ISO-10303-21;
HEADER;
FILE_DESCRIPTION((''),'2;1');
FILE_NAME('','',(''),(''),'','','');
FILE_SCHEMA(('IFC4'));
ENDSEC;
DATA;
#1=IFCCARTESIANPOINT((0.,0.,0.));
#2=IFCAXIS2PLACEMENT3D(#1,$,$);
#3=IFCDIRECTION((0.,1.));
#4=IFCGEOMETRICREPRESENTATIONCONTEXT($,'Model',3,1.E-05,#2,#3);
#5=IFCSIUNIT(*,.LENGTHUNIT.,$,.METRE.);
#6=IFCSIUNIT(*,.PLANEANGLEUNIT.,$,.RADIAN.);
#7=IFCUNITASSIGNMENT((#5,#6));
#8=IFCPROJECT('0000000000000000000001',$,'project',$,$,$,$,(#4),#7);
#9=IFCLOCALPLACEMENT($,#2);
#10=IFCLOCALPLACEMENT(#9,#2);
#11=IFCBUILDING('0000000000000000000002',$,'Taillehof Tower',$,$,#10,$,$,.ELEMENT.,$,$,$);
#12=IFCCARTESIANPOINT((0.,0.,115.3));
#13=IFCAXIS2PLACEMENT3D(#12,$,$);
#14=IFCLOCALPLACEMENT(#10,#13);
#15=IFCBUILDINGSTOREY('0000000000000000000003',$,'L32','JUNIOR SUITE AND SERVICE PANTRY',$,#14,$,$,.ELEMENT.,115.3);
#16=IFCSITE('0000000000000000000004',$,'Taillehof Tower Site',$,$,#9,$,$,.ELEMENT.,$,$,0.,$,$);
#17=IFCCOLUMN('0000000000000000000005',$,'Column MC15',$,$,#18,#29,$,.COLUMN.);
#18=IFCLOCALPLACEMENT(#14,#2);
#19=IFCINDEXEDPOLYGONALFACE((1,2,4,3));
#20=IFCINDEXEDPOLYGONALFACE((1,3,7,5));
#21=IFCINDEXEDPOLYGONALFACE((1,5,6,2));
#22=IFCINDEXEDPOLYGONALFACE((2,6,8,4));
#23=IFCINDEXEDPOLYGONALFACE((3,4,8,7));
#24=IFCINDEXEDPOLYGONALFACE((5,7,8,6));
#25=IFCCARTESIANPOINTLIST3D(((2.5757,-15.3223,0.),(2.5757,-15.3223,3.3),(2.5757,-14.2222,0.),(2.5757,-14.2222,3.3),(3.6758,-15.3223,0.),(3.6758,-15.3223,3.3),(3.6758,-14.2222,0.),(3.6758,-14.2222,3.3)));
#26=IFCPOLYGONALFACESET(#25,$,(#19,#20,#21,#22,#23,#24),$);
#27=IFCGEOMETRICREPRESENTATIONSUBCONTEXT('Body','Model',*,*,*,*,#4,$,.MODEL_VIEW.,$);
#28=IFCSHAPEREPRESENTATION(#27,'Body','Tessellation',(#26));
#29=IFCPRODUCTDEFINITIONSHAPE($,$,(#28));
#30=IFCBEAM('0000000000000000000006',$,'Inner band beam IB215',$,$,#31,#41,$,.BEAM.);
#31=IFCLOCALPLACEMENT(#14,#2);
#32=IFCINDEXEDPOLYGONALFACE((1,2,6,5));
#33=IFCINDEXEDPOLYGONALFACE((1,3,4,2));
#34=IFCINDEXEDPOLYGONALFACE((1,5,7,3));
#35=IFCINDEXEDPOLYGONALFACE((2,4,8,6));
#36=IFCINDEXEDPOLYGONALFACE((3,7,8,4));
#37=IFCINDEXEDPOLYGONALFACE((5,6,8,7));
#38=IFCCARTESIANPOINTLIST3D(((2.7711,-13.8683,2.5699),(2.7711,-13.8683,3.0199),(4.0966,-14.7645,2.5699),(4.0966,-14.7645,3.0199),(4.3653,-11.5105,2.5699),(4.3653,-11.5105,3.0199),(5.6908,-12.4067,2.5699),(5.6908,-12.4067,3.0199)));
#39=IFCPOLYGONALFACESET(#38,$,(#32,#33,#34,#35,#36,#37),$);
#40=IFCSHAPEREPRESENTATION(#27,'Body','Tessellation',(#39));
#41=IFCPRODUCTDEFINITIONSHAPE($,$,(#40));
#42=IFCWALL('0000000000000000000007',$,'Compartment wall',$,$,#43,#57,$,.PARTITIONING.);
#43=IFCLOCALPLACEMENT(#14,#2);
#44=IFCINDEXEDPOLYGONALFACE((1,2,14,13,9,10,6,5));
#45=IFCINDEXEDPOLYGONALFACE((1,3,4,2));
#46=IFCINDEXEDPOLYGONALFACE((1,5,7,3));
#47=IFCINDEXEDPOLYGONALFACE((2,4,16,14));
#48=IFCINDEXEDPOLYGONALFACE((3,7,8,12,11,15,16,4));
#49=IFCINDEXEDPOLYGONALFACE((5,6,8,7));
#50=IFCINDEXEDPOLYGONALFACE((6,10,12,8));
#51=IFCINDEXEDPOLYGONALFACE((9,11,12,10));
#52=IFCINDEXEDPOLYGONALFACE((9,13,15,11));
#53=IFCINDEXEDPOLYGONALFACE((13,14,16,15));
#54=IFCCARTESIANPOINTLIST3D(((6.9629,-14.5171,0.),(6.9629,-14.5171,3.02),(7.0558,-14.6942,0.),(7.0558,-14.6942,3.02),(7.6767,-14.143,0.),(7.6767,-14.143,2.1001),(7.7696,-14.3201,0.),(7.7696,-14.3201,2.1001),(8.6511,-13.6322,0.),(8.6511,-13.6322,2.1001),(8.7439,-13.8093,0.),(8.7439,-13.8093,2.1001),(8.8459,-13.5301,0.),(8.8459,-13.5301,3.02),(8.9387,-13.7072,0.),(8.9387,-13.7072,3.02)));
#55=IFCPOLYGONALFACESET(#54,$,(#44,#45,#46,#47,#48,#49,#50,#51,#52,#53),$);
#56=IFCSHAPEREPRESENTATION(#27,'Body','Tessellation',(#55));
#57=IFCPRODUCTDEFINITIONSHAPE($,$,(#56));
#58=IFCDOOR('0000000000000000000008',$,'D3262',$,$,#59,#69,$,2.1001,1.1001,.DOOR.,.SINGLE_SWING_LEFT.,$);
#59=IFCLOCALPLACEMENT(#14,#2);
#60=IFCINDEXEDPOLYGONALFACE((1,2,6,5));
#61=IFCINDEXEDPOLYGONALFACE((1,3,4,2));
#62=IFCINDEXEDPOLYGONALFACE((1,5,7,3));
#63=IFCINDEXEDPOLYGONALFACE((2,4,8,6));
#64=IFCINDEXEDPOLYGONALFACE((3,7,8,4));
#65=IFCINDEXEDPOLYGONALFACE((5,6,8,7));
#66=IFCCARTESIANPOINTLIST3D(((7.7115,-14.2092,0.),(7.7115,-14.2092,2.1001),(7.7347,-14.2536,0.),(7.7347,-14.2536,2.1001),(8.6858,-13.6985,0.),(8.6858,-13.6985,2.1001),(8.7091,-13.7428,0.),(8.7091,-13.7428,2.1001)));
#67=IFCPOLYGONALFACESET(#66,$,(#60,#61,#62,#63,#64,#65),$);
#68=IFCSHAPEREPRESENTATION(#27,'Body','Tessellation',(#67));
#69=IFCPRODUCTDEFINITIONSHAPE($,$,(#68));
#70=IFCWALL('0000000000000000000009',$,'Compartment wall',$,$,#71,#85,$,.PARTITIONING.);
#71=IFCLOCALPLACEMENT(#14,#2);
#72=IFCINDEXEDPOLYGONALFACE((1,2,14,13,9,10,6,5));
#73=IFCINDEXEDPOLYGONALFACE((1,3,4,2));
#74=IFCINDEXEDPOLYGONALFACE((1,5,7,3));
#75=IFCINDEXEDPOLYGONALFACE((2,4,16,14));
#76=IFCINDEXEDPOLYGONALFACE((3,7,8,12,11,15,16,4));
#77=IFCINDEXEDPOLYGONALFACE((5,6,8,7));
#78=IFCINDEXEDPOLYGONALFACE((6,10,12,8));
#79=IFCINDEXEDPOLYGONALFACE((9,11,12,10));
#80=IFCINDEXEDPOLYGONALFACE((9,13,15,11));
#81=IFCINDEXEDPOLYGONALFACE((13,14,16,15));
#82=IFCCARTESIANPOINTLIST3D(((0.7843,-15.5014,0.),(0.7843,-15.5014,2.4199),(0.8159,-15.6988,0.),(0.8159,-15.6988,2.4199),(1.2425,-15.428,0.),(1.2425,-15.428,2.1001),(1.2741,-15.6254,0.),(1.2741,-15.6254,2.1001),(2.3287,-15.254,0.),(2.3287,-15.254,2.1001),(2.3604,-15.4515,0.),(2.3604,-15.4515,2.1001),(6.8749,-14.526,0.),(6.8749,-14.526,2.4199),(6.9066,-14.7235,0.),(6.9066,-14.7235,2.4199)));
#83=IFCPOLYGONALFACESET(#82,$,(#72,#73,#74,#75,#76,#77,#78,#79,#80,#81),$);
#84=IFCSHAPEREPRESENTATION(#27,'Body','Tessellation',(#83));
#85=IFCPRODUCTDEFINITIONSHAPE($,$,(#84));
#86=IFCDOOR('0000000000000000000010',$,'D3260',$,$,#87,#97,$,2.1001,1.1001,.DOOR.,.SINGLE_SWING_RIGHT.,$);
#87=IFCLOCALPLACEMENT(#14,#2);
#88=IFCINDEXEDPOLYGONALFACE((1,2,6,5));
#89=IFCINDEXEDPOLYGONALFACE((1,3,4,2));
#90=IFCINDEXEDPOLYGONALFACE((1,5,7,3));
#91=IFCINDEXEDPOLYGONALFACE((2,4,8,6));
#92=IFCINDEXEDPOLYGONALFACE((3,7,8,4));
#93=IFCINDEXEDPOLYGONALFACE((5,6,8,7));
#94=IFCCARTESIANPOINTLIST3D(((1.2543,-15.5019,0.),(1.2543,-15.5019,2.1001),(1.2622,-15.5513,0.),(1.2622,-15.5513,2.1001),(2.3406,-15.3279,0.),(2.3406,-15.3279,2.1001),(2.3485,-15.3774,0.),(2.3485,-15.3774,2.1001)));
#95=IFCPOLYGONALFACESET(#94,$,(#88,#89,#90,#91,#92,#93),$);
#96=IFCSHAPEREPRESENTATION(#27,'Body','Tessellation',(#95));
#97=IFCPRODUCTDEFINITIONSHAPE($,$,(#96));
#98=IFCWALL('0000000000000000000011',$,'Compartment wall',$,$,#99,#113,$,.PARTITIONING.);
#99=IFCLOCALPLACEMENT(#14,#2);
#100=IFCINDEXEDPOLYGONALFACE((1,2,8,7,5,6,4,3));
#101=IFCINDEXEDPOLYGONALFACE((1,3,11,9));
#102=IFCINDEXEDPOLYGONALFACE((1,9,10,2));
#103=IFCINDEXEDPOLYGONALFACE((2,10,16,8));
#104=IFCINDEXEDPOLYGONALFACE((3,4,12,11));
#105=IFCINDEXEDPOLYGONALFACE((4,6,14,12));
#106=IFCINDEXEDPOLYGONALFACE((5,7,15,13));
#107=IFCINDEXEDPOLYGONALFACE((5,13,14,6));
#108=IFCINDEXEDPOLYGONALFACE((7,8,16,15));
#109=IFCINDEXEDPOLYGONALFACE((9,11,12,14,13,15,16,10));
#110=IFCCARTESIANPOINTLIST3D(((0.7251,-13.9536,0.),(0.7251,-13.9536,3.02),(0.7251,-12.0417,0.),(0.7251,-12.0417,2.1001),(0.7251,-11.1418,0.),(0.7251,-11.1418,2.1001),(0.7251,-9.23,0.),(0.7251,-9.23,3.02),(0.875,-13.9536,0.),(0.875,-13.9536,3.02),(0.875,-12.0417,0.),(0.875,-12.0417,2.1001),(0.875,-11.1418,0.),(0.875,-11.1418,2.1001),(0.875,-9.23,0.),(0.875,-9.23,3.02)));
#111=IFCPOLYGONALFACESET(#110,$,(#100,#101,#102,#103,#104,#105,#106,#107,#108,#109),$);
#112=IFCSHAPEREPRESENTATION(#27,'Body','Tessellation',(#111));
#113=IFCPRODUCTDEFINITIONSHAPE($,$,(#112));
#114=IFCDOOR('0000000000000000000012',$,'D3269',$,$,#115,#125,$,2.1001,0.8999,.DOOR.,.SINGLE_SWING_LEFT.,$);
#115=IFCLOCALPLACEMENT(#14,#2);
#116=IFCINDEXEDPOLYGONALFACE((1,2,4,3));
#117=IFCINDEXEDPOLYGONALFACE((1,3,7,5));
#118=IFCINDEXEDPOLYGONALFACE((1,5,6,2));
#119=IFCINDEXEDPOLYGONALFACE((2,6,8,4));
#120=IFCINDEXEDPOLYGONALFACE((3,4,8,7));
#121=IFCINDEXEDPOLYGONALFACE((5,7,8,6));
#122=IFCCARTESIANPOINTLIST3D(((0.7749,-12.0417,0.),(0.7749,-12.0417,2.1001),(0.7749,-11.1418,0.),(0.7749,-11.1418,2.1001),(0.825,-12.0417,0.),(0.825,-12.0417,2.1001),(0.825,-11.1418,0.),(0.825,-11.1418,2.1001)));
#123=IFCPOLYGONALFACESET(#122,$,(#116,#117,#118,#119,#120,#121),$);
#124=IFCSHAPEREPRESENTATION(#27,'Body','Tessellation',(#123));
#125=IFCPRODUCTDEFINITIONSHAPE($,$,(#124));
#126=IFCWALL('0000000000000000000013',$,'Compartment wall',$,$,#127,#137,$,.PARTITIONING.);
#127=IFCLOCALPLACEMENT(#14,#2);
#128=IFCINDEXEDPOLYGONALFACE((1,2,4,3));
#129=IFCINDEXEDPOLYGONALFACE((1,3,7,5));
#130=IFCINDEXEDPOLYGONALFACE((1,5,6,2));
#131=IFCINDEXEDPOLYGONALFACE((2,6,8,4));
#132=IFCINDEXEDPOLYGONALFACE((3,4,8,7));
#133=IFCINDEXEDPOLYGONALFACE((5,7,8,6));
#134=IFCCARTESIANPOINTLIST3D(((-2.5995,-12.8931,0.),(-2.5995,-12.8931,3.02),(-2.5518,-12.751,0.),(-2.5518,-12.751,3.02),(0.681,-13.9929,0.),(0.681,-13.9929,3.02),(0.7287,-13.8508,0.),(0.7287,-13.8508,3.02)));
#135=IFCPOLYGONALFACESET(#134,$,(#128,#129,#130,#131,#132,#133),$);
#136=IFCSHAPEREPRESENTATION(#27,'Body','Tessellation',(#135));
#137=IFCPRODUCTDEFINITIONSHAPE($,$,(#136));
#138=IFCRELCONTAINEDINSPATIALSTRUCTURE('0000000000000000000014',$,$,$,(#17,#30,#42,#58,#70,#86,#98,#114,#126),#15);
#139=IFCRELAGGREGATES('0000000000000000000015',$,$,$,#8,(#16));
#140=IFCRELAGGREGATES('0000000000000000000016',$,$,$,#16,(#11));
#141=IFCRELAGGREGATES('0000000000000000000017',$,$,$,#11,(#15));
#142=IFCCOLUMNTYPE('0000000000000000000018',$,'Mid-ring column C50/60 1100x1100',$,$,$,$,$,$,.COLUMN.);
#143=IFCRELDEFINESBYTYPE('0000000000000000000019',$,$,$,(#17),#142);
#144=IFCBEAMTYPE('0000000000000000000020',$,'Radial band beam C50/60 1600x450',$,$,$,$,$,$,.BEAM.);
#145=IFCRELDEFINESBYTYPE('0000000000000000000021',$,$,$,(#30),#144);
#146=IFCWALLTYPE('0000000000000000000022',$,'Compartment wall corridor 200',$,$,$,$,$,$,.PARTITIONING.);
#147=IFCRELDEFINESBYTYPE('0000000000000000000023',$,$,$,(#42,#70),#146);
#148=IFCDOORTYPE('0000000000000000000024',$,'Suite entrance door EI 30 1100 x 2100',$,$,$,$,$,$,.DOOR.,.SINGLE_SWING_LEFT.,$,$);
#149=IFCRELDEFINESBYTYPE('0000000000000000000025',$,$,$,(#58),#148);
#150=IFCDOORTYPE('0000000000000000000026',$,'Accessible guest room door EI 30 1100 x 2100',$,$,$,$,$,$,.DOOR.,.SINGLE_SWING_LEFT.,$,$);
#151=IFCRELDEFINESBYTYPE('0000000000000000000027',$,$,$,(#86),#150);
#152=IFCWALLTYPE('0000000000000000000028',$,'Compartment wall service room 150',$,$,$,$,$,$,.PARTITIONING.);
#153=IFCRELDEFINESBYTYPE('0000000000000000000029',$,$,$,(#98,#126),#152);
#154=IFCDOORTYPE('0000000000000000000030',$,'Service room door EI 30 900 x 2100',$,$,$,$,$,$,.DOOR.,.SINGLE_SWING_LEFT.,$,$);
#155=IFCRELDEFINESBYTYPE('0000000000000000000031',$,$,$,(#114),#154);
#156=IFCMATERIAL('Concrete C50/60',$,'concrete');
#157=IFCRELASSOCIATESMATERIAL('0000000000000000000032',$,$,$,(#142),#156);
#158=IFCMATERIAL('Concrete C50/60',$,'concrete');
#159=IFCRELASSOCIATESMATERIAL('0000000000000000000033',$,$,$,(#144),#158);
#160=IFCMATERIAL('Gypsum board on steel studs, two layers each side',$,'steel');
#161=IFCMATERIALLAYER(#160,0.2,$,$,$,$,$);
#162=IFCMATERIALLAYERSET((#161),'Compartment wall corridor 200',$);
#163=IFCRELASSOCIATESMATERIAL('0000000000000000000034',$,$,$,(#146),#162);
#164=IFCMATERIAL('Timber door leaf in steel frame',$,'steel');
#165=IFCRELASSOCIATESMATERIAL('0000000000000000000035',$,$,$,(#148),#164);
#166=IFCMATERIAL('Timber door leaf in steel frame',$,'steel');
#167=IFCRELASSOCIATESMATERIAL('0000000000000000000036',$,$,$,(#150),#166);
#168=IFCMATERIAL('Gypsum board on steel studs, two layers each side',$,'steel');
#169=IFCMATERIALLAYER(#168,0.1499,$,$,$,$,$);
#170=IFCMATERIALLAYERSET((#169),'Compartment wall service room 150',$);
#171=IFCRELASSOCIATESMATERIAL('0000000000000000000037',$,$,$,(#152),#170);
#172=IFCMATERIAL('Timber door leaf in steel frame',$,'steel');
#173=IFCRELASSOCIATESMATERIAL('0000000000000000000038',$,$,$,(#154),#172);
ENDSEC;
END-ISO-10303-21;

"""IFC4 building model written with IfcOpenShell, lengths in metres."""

from ifc_helpers import new_model, si_unit, direction, frame, frame_2d, origin, origin_2d, place, context, subcontext, project, spatial, rectangle, extrude, material, layer, layer_set, material_profile, profile_set, type_object, element, fill, save


model = new_model("IFC4")

# Units and contexts
model_context = context("Model", 3, precision=1e-05, world=origin(), true_north=direction((0.0, 1.0)))
body_context = subcontext(model_context, "Body", "Model", "MODEL_VIEW")
ifc_project = project(units=[si_unit("LENGTHUNIT", "METRE"), si_unit("PLANEANGLEUNIT", "RADIAN")], contexts=[model_context])

# Site, building, storey
site_placement = place(None, origin())
site = spatial("IfcSite", under=ifc_project, at=site_placement, Name="Taillehof Tower Site", CompositionType="ELEMENT", RefElevation=0.0)
building_placement = place(site_placement, origin())
building = spatial("IfcBuilding", under=site, at=building_placement, Name="Taillehof Tower", CompositionType="ELEMENT")
storey_placement = place(building_placement, frame((0.0, 0.0, 115.3)))
storey = spatial("IfcBuildingStorey", under=building, at=storey_placement, Name="L32", Description="JUNIOR SUITE AND SERVICE PANTRY", CompositionType="ELEMENT", Elevation=115.3)

# Column
ifc_material_1 = material(Name="Concrete C50/60", Category="concrete")
ifc_material_profile_1 = material_profile(ifc_material_1, rectangle(XDim=1.1001, YDim=1.1001, at=origin_2d()), Name="RC 1100x1100")
ifc_profile_set_1 = profile_set([ifc_material_profile_1], Name="Concrete C50/60")
column_type = type_object("IfcColumnType", Name="Mid-ring column C50/60 1100x1100", PredefinedType="COLUMN", material=ifc_profile_set_1)
column_placement = place(storey_placement, frame((3.1257, -14.7722, 0.0), z_axis=(0.0, 0.0, 1.0), x_axis=(1.0, 0.0, 0.0)))
element("IfcColumn", 1, at=column_placement, inside=storey, type_object=column_type, Name="Column MC15", PredefinedType="COLUMN", context=body_context, shape_type="SweptSolid", body=[
    extrude(rectangle(XDim=1.1001, YDim=1.1001, at=origin_2d()), origin(), (0.0, 0.0, 1.0), 3.3),
])

# Beam
ifc_material_2 = material(Name="Concrete C50/60", Category="concrete")
ifc_material_profile_2 = material_profile(ifc_material_2, rectangle(XDim=1.6001, YDim=0.45, at=origin_2d()), Name="RC 1600x450")
ifc_profile_set_2 = profile_set([ifc_material_profile_2], Name="Concrete C50/60")
beam_type = type_object("IfcBeamType", Name="Radial band beam C50/60 1600x450", PredefinedType="BEAM", material=ifc_profile_set_2)
beam_placement = place(storey_placement, frame((3.4338, -14.3164, 2.7949), z_axis=(0.560112, 0.828417, 0.0), x_axis=(-0.828417, 0.560112, 0.0)))
element("IfcBeam", 2, at=beam_placement, inside=storey, type_object=beam_type, Name="Inner band beam IB215", PredefinedType="BEAM", context=body_context, shape_type="SweptSolid", body=[
    extrude(rectangle(XDim=1.6001, YDim=0.45, at=origin_2d()), origin(), (0.0, 0.0, 1.0), 2.8462),
])

# Walls, openings, doors
ifc_material_3 = material(Name="Gypsum board on steel studs, two layers each side", Category="steel")
ifc_layer_1 = layer(ifc_material_3, 0.2)
ifc_layer_set_1 = layer_set([ifc_layer_1], Name="Compartment wall corridor 200")
wall_type_1 = type_object("IfcWallType", Name="Compartment wall corridor 200", PredefinedType="PARTITIONING", material=ifc_layer_set_1)
wall_1_placement = place(storey_placement, frame((8.8923, -13.6187, 0.0), z_axis=(0.0, 0.0, 1.0), x_axis=(-0.885697, -0.464264, 0.0)))
wall_1 = element("IfcWall", 3, at=wall_1_placement, inside=storey, type_object=wall_type_1, Name="Compartment wall", PredefinedType="PARTITIONING", context=body_context, shape_type="SweptSolid", body=[
    extrude(rectangle(XDim=2.126, YDim=0.2, at=frame_2d((1.063, 0.0))), origin(), (0.0, 0.0, 1.0), 3.02),
])
opening_1_placement = place(wall_1_placement, frame((0.22, 0.0, 0.0)))
opening_1 = element("IfcOpeningElement", 4, at=opening_1_placement, cuts=wall_1, PredefinedType="OPENING", context=body_context, shape_type="SweptSolid", body=[
    extrude(rectangle(XDim=1.1001, YDim=2.1001, at=frame_2d((0.55, 1.05))), frame((0.0, 0.1099, 0.0), z_axis=(0.0, -1.0, 0.0), x_axis=(1.0, 0.0, 0.0)), (0.0, 0.0, 1.0), 0.22),
])
ifc_material_4 = material(Name="Timber door leaf in steel frame", Category="steel")
door_type_1 = type_object("IfcDoorType", Name="Suite entrance door EI 30 1100 x 2100", OperationType="SINGLE_SWING_LEFT", PredefinedType="DOOR", material=ifc_material_4)
door_1_placement = place(opening_1_placement, origin())
door_1 = element("IfcDoor", 5, at=door_1_placement, inside=storey, type_object=door_type_1, Name="D3262", OperationType="SINGLE_SWING_LEFT", OverallHeight=2.1001, OverallWidth=1.1001, PredefinedType="DOOR", context=body_context, shape_type="SweptSolid", body=[
    extrude(rectangle(XDim=1.1001, YDim=2.1001, at=frame_2d((0.55, 1.05))), frame((0.0, 0.0249, 0.0), z_axis=(0.0, -1.0, 0.0), x_axis=(1.0, 0.0, 0.0)), (0.0, 0.0, 1.0), 0.05),
])
fill(opening_1, door_1)
wall_2_placement = place(storey_placement, frame((6.8906, -14.6248, 0.0), z_axis=(0.0, 0.0, 1.0), x_axis=(-0.987419, -0.158125, 0.0)))
wall_2 = element("IfcWall", 6, at=wall_2_placement, inside=storey, type_object=wall_type_1, Name="Compartment wall", PredefinedType="PARTITIONING", context=body_context, shape_type="SweptSolid", body=[
    extrude(rectangle(XDim=6.1682, YDim=0.2, at=frame_2d((3.084, 0.0))), origin(), (0.0, 0.0, 1.0), 2.4199),
])
opening_2_placement = place(wall_2_placement, frame((4.604, 0.0, 0.0)))
opening_2 = element("IfcOpeningElement", 7, at=opening_2_placement, cuts=wall_2, PredefinedType="OPENING", context=body_context, shape_type="SweptSolid", body=[
    extrude(rectangle(XDim=1.1001, YDim=2.1001, at=frame_2d((0.55, 1.05))), frame((0.0, 0.1099, 0.0), z_axis=(0.0, -1.0, 0.0), x_axis=(1.0, 0.0, 0.0)), (0.0, 0.0, 1.0), 0.22),
])
ifc_material_5 = material(Name="Timber door leaf in steel frame", Category="steel")
door_type_2 = type_object("IfcDoorType", Name="Accessible guest room door EI 30 1100 x 2100", OperationType="SINGLE_SWING_LEFT", PredefinedType="DOOR", material=ifc_material_5)
door_2_placement = place(opening_2_placement, origin())
door_2 = element("IfcDoor", 8, at=door_2_placement, inside=storey, type_object=door_type_2, Name="D3260", OperationType="SINGLE_SWING_RIGHT", OverallHeight=2.1001, OverallWidth=1.1001, PredefinedType="DOOR", context=body_context, shape_type="SweptSolid", body=[
    extrude(rectangle(XDim=1.1001, YDim=2.1001, at=frame_2d((0.55, 1.05))), frame((0.0, 0.0249, 0.0), z_axis=(0.0, -1.0, 0.0), x_axis=(1.0, 0.0, 0.0)), (0.0, 0.0, 1.0), 0.05),
])
fill(opening_2, door_2)
ifc_material_6 = material(Name="Gypsum board on steel studs, two layers each side", Category="steel")
ifc_layer_2 = layer(ifc_material_6, 0.1499)
ifc_layer_set_2 = layer_set([ifc_layer_2], Name="Compartment wall service room 150")
wall_type_2 = type_object("IfcWallType", Name="Compartment wall service room 150", PredefinedType="PARTITIONING", material=ifc_layer_set_2)
wall_3_placement = place(storey_placement, frame((0.8, -9.23, 0.0), z_axis=(0.0, 0.0, 1.0), x_axis=(0.0, -1.0, 0.0)))
wall_3 = element("IfcWall", 9, at=wall_3_placement, inside=storey, type_object=wall_type_2, Name="Compartment wall", PredefinedType="PARTITIONING", context=body_context, shape_type="SweptSolid", body=[
    extrude(rectangle(XDim=4.7236, YDim=0.1499, at=frame_2d((2.3618, 0.0))), origin(), (0.0, 0.0, 1.0), 3.02),
])
opening_3_placement = place(wall_3_placement, frame((1.9119, 0.0, 0.0)))
opening_3 = element("IfcOpeningElement", 10, at=opening_3_placement, cuts=wall_3, PredefinedType="OPENING", context=body_context, shape_type="SweptSolid", body=[
    extrude(rectangle(XDim=0.8999, YDim=2.1001, at=frame_2d((0.45, 1.05))), frame((0.0, 0.085, 0.0), z_axis=(0.0, -1.0, 0.0), x_axis=(1.0, 0.0, 0.0)), (0.0, 0.0, 1.0), 0.1699),
])
ifc_material_7 = material(Name="Timber door leaf in steel frame", Category="steel")
door_type_3 = type_object("IfcDoorType", Name="Service room door EI 30 900 x 2100", OperationType="SINGLE_SWING_LEFT", PredefinedType="DOOR", material=ifc_material_7)
door_3_placement = place(opening_3_placement, origin())
door_3 = element("IfcDoor", 11, at=door_3_placement, inside=storey, type_object=door_type_3, Name="D3269", OperationType="SINGLE_SWING_LEFT", OverallHeight=2.1001, OverallWidth=0.8999, PredefinedType="DOOR", context=body_context, shape_type="SweptSolid", body=[
    extrude(rectangle(XDim=0.8999, YDim=2.1001, at=frame_2d((0.45, 1.05))), frame((0.0, 0.0249, 0.0), z_axis=(0.0, -1.0, 0.0), x_axis=(1.0, 0.0, 0.0)), (0.0, 0.0, 1.0), 0.05),
])
fill(opening_3, door_3)

# Wall
wall_4_placement = place(storey_placement, frame((0.7048, -13.9219, 0.0), z_axis=(0.0, 0.0, 1.0), x_axis=(-0.948131, 0.317878, 0.0)))
element("IfcWall", 12, at=wall_4_placement, inside=storey, type_object=wall_type_2, Name="Compartment wall", PredefinedType="PARTITIONING", context=body_context, shape_type="SweptSolid", body=[
    extrude(rectangle(XDim=3.46, YDim=0.1499, at=frame_2d((1.73, 0.0))), origin(), (0.0, 0.0, 1.0), 3.02),
])

save(model, "model.ifc")
